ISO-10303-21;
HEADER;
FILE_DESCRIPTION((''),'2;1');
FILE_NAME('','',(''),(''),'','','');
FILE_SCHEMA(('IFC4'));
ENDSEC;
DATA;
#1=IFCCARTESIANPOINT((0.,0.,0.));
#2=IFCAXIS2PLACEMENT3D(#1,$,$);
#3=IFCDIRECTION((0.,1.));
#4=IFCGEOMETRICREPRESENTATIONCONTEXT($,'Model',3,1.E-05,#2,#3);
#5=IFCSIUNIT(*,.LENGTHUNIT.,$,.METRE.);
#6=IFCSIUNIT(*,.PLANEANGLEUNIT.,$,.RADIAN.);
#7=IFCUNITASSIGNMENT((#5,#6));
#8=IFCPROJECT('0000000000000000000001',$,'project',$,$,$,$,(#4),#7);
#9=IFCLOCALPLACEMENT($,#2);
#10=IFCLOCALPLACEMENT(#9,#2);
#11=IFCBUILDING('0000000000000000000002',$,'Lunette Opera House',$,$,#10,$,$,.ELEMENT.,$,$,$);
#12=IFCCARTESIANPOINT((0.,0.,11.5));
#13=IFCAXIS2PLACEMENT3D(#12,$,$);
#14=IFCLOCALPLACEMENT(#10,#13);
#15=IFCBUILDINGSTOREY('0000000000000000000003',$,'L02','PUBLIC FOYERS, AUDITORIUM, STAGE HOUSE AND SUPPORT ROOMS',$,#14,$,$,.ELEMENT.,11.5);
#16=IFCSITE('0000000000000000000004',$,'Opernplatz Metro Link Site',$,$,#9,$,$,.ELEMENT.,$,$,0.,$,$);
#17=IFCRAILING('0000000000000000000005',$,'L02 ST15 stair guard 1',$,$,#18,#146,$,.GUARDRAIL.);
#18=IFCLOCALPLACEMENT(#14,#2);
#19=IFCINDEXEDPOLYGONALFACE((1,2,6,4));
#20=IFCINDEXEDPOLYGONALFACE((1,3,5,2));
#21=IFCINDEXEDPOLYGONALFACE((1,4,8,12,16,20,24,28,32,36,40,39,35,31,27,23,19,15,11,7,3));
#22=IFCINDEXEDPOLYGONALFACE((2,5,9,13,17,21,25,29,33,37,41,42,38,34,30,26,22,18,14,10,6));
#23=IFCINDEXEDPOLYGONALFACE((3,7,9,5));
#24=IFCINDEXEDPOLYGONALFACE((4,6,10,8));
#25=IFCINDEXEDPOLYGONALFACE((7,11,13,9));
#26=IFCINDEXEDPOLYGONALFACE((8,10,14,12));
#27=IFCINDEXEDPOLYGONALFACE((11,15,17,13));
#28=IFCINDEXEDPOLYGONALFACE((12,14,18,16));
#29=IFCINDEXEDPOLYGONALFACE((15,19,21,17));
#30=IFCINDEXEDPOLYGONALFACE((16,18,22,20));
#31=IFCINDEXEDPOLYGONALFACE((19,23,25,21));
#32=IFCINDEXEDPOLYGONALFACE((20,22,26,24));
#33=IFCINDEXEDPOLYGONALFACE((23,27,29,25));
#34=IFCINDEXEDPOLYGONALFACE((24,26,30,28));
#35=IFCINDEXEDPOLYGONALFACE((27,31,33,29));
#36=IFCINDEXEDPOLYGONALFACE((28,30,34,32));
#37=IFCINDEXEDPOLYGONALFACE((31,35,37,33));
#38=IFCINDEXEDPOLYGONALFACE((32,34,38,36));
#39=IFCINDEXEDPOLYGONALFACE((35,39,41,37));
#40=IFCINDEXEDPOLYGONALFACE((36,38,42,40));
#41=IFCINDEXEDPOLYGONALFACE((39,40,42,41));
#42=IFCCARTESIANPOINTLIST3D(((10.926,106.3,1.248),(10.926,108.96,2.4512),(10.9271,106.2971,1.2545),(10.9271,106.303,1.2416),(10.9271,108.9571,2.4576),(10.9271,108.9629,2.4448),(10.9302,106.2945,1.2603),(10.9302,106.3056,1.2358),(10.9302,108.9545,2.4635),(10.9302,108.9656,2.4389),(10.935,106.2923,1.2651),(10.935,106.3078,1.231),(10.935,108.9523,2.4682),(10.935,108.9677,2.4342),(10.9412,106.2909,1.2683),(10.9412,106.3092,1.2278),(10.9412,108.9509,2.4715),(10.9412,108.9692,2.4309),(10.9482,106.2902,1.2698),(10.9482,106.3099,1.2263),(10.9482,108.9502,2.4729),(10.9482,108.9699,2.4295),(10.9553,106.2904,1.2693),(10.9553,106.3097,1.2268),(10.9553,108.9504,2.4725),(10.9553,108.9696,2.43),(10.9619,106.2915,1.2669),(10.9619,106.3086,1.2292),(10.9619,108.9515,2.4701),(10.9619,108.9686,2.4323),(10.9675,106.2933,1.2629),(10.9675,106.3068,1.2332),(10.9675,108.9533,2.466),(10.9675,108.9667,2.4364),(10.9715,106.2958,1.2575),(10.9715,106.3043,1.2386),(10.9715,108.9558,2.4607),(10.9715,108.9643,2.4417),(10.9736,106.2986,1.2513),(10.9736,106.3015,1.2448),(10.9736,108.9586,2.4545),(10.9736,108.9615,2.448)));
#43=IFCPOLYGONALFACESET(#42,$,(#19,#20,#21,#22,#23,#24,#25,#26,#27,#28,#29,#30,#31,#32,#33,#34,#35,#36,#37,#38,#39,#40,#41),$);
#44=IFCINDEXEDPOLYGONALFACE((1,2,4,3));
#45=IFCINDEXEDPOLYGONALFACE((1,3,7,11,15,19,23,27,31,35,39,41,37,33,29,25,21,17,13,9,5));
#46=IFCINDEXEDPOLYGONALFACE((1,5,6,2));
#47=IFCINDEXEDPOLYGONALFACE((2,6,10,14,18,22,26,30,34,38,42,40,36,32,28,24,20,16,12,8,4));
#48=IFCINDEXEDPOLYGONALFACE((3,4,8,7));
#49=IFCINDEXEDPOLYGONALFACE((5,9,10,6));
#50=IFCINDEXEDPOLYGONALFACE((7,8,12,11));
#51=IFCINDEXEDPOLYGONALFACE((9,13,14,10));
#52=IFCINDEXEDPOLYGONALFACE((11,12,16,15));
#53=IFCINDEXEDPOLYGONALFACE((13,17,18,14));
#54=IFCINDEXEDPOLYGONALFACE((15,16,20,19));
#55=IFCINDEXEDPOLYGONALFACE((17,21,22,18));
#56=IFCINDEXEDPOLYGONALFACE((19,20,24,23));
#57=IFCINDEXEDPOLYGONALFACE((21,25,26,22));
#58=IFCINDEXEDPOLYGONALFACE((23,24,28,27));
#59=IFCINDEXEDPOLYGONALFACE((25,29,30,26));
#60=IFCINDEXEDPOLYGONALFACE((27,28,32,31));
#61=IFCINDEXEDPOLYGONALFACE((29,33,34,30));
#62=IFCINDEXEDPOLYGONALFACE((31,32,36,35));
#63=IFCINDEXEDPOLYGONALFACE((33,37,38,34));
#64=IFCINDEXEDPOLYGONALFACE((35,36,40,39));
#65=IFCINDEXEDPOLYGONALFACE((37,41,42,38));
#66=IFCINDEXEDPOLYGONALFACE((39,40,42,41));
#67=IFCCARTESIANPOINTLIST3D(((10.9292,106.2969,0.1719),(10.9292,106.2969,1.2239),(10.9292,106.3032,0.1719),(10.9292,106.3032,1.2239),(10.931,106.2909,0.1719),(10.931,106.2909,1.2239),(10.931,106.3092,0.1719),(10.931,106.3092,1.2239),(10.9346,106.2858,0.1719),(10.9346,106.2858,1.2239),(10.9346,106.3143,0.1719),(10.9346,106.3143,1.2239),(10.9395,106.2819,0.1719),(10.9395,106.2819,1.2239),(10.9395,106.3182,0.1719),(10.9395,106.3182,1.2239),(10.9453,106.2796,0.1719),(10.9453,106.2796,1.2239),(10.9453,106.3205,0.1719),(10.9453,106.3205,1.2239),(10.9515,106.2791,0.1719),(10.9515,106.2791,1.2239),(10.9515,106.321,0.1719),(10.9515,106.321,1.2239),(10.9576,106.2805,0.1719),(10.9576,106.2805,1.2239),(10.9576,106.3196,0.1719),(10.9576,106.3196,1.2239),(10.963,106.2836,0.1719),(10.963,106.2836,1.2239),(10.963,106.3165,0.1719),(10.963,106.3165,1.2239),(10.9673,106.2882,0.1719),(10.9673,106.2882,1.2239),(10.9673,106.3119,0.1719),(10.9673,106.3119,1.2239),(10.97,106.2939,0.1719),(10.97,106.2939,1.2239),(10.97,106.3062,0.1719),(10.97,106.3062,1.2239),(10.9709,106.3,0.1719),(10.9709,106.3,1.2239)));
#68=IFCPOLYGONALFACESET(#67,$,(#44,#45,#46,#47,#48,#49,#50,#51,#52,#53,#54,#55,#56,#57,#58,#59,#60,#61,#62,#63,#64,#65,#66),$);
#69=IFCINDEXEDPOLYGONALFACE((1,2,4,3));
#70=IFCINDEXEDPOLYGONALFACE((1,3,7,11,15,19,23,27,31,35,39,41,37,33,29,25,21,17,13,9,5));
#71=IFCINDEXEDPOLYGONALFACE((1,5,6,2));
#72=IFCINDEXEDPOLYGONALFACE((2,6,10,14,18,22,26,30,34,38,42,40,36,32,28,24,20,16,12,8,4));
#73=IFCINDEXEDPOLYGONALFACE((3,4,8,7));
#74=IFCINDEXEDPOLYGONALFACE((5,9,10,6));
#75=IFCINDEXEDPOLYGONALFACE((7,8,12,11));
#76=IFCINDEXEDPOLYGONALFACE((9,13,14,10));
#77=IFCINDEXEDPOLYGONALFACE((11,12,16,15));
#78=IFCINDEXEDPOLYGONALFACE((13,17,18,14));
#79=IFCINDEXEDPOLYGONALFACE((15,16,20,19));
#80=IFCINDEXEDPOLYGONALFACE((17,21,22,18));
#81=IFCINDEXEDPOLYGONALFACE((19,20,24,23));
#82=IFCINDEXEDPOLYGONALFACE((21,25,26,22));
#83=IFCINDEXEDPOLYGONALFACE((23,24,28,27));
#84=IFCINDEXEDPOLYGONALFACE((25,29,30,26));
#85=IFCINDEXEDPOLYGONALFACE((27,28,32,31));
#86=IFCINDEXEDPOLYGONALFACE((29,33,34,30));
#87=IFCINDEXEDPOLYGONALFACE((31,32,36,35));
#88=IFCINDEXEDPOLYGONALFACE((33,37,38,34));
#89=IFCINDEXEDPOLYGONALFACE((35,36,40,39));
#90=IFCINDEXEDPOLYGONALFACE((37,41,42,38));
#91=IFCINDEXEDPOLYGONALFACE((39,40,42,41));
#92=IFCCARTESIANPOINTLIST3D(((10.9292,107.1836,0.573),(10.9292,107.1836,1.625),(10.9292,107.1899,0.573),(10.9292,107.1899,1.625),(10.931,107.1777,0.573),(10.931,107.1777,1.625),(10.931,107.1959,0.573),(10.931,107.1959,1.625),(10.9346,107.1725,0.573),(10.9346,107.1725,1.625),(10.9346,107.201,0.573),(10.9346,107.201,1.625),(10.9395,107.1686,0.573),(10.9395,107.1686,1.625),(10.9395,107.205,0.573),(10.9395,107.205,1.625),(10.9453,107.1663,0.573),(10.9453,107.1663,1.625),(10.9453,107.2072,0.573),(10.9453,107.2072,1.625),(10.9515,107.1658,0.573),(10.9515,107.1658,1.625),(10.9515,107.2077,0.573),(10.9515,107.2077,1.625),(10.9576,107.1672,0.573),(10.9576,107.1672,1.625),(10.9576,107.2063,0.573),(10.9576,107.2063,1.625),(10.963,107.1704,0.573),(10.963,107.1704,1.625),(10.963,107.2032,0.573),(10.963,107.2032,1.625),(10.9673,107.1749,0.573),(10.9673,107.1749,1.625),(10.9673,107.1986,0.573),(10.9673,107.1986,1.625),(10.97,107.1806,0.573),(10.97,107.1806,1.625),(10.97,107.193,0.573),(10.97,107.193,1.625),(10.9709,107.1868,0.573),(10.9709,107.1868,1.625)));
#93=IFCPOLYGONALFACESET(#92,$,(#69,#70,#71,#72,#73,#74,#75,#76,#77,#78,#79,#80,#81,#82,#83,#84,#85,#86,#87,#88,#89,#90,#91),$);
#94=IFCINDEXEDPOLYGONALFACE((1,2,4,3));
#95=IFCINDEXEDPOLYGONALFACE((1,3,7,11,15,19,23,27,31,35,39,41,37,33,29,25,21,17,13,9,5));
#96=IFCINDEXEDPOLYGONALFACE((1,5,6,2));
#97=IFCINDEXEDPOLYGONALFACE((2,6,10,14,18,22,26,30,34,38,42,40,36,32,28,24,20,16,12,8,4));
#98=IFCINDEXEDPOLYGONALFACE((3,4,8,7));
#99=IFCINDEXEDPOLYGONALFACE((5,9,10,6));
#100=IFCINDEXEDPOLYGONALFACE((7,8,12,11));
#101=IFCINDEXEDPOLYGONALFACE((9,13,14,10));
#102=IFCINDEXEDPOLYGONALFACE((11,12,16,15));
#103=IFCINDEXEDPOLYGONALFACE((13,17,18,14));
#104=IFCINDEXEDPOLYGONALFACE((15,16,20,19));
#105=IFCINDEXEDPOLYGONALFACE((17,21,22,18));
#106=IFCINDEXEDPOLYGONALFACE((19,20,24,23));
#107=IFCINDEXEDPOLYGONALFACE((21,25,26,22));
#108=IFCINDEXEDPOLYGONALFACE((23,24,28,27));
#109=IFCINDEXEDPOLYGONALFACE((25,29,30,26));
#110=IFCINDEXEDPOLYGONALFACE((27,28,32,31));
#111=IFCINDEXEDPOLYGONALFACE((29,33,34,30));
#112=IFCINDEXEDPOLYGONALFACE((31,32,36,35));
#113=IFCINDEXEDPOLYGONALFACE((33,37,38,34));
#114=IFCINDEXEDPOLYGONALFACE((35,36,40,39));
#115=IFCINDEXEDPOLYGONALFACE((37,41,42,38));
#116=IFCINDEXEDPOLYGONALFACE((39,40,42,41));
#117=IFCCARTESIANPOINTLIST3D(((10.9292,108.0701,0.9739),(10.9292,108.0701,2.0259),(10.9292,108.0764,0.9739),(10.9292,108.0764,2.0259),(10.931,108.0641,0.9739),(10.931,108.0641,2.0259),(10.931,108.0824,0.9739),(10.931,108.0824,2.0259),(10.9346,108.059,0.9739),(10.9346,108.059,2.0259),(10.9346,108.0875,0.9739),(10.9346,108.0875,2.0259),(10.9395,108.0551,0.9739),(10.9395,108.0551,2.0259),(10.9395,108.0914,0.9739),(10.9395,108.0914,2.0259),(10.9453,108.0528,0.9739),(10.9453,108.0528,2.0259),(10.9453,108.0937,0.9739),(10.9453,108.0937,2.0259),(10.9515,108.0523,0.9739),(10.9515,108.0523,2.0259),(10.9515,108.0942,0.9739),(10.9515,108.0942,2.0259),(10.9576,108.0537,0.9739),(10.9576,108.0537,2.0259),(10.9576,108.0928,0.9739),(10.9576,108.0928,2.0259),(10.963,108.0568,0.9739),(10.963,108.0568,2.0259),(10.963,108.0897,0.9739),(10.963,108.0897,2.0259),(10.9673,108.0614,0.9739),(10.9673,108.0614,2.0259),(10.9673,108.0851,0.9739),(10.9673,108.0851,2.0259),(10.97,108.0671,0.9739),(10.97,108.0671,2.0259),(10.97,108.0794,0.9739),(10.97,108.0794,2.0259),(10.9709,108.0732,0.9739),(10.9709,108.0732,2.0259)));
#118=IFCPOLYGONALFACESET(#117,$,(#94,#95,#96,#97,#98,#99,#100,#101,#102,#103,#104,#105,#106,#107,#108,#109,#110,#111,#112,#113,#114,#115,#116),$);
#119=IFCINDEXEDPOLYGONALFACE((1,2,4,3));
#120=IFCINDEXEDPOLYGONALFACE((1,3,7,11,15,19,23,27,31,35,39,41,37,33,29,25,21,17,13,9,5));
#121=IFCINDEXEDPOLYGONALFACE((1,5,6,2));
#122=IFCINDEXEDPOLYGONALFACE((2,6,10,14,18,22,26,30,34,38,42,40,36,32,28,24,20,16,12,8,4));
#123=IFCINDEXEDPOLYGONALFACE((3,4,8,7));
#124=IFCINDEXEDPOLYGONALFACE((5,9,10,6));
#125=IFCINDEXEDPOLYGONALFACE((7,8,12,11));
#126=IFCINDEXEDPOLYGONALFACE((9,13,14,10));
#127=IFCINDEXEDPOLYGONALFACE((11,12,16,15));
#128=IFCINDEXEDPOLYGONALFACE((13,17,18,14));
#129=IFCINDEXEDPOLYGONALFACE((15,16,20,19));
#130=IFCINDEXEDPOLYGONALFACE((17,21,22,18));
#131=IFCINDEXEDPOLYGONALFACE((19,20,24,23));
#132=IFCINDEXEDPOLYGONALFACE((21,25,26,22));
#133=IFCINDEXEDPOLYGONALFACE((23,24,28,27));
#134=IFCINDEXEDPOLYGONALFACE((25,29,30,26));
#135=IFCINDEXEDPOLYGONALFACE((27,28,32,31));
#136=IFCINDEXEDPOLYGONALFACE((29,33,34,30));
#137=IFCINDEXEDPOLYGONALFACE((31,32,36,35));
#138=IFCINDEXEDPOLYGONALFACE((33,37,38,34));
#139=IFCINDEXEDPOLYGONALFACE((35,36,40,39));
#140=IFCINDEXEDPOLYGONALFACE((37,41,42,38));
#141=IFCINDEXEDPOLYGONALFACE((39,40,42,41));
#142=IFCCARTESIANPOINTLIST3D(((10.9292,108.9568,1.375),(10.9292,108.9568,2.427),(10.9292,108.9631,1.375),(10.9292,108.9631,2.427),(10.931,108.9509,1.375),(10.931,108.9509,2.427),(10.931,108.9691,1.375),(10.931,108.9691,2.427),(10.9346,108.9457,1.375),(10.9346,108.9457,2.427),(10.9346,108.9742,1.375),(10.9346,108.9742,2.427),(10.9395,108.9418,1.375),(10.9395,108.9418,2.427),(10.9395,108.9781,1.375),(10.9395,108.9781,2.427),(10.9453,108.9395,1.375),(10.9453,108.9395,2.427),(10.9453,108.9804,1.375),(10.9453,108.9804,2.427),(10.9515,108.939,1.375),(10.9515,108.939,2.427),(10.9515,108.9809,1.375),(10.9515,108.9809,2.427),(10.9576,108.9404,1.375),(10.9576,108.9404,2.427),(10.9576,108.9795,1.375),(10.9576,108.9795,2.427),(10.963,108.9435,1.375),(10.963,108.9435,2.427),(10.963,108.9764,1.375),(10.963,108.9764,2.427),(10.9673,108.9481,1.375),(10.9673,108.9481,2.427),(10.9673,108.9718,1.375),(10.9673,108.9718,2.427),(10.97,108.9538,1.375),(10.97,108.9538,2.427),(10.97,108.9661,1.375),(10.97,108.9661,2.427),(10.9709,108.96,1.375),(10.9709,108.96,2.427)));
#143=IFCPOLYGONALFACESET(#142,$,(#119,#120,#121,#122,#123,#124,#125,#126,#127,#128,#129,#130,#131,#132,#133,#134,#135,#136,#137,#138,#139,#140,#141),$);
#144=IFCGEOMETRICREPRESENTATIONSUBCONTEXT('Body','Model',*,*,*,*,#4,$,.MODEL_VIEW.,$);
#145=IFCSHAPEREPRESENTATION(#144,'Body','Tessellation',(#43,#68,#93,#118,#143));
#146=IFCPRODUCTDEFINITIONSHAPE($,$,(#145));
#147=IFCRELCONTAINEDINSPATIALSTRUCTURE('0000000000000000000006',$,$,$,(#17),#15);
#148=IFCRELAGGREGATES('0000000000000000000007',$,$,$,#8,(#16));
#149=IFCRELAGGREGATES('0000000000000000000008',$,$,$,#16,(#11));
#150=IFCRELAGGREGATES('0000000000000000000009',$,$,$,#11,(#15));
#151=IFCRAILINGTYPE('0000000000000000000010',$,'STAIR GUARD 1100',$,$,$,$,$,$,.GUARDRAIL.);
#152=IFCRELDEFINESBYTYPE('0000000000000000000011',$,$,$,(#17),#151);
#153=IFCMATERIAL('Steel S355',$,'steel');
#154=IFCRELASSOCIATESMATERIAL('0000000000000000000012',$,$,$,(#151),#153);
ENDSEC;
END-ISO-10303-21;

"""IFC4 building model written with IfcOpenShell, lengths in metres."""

from ifc_helpers import new_model, si_unit, direction, frame, origin, origin_2d, place, context, subcontext, project, spatial, circle, extrude, material, type_object, element, save


model = new_model("IFC4")

# Units and contexts
model_context = context("Model", 3, precision=1e-05, world=origin(), true_north=direction((0.0, 1.0)))
body_context = subcontext(model_context, "Body", "Model", "MODEL_VIEW")
ifc_project = project(units=[si_unit("LENGTHUNIT", "METRE"), si_unit("PLANEANGLEUNIT", "RADIAN")], contexts=[model_context])

# Site, building, storey
site_placement = place(None, origin())
site = spatial("IfcSite", under=ifc_project, at=site_placement, Name="Opernplatz Metro Link Site", CompositionType="ELEMENT", RefElevation=0.0)
building_placement = place(site_placement, origin())
building = spatial("IfcBuilding", under=site, at=building_placement, Name="Lunette Opera House", CompositionType="ELEMENT")
storey_placement = place(building_placement, frame((0.0, 0.0, 11.5)))
storey = spatial("IfcBuildingStorey", under=building, at=storey_placement, Name="L02", Description="PUBLIC FOYERS, AUDITORIUM, STAGE HOUSE AND SUPPORT ROOMS", CompositionType="ELEMENT", Elevation=11.5)

# Railing
ifc_material_1 = material(Name="Steel S355", Category="steel")
railing_type_1 = type_object("IfcRailingType", Name="STAIR GUARD 1100", PredefinedType="GUARDRAIL", material=ifc_material_1)
railing_1_placement = place(storey_placement, frame((10.95, 106.3, 0.1719)))
element("IfcRailing", 1, at=railing_1_placement, inside=storey, type_object=railing_type_1, Name="L02 ST15 stair guard 1", PredefinedType="GUARDRAIL", context=body_context, shape_type="SweptSolid", body=[
    extrude(circle(Radius=0.0239, at=origin_2d()), frame((0.0, 0.0, 1.0762), z_axis=(0.0, 0.91113, 0.41212), x_axis=(-1.0, 0.0, 0.0)), (0.0, 0.0, 1.0), 2.9194),
    extrude(circle(Radius=0.021, at=origin_2d()), origin(), (0.0, 0.0, 1.0), 1.052),
    extrude(circle(Radius=0.021, at=origin_2d()), frame((0.0, 0.8867, 0.4011)), (0.0, 0.0, 1.0), 1.052),
    extrude(circle(Radius=0.021, at=origin_2d()), frame((0.0, 1.7732, 0.802)), (0.0, 0.0, 1.0), 1.052),
    extrude(circle(Radius=0.021, at=origin_2d()), frame((0.0, 2.6599, 1.2031)), (0.0, 0.0, 1.0), 1.052),
])

save(model, "model.ifc")
